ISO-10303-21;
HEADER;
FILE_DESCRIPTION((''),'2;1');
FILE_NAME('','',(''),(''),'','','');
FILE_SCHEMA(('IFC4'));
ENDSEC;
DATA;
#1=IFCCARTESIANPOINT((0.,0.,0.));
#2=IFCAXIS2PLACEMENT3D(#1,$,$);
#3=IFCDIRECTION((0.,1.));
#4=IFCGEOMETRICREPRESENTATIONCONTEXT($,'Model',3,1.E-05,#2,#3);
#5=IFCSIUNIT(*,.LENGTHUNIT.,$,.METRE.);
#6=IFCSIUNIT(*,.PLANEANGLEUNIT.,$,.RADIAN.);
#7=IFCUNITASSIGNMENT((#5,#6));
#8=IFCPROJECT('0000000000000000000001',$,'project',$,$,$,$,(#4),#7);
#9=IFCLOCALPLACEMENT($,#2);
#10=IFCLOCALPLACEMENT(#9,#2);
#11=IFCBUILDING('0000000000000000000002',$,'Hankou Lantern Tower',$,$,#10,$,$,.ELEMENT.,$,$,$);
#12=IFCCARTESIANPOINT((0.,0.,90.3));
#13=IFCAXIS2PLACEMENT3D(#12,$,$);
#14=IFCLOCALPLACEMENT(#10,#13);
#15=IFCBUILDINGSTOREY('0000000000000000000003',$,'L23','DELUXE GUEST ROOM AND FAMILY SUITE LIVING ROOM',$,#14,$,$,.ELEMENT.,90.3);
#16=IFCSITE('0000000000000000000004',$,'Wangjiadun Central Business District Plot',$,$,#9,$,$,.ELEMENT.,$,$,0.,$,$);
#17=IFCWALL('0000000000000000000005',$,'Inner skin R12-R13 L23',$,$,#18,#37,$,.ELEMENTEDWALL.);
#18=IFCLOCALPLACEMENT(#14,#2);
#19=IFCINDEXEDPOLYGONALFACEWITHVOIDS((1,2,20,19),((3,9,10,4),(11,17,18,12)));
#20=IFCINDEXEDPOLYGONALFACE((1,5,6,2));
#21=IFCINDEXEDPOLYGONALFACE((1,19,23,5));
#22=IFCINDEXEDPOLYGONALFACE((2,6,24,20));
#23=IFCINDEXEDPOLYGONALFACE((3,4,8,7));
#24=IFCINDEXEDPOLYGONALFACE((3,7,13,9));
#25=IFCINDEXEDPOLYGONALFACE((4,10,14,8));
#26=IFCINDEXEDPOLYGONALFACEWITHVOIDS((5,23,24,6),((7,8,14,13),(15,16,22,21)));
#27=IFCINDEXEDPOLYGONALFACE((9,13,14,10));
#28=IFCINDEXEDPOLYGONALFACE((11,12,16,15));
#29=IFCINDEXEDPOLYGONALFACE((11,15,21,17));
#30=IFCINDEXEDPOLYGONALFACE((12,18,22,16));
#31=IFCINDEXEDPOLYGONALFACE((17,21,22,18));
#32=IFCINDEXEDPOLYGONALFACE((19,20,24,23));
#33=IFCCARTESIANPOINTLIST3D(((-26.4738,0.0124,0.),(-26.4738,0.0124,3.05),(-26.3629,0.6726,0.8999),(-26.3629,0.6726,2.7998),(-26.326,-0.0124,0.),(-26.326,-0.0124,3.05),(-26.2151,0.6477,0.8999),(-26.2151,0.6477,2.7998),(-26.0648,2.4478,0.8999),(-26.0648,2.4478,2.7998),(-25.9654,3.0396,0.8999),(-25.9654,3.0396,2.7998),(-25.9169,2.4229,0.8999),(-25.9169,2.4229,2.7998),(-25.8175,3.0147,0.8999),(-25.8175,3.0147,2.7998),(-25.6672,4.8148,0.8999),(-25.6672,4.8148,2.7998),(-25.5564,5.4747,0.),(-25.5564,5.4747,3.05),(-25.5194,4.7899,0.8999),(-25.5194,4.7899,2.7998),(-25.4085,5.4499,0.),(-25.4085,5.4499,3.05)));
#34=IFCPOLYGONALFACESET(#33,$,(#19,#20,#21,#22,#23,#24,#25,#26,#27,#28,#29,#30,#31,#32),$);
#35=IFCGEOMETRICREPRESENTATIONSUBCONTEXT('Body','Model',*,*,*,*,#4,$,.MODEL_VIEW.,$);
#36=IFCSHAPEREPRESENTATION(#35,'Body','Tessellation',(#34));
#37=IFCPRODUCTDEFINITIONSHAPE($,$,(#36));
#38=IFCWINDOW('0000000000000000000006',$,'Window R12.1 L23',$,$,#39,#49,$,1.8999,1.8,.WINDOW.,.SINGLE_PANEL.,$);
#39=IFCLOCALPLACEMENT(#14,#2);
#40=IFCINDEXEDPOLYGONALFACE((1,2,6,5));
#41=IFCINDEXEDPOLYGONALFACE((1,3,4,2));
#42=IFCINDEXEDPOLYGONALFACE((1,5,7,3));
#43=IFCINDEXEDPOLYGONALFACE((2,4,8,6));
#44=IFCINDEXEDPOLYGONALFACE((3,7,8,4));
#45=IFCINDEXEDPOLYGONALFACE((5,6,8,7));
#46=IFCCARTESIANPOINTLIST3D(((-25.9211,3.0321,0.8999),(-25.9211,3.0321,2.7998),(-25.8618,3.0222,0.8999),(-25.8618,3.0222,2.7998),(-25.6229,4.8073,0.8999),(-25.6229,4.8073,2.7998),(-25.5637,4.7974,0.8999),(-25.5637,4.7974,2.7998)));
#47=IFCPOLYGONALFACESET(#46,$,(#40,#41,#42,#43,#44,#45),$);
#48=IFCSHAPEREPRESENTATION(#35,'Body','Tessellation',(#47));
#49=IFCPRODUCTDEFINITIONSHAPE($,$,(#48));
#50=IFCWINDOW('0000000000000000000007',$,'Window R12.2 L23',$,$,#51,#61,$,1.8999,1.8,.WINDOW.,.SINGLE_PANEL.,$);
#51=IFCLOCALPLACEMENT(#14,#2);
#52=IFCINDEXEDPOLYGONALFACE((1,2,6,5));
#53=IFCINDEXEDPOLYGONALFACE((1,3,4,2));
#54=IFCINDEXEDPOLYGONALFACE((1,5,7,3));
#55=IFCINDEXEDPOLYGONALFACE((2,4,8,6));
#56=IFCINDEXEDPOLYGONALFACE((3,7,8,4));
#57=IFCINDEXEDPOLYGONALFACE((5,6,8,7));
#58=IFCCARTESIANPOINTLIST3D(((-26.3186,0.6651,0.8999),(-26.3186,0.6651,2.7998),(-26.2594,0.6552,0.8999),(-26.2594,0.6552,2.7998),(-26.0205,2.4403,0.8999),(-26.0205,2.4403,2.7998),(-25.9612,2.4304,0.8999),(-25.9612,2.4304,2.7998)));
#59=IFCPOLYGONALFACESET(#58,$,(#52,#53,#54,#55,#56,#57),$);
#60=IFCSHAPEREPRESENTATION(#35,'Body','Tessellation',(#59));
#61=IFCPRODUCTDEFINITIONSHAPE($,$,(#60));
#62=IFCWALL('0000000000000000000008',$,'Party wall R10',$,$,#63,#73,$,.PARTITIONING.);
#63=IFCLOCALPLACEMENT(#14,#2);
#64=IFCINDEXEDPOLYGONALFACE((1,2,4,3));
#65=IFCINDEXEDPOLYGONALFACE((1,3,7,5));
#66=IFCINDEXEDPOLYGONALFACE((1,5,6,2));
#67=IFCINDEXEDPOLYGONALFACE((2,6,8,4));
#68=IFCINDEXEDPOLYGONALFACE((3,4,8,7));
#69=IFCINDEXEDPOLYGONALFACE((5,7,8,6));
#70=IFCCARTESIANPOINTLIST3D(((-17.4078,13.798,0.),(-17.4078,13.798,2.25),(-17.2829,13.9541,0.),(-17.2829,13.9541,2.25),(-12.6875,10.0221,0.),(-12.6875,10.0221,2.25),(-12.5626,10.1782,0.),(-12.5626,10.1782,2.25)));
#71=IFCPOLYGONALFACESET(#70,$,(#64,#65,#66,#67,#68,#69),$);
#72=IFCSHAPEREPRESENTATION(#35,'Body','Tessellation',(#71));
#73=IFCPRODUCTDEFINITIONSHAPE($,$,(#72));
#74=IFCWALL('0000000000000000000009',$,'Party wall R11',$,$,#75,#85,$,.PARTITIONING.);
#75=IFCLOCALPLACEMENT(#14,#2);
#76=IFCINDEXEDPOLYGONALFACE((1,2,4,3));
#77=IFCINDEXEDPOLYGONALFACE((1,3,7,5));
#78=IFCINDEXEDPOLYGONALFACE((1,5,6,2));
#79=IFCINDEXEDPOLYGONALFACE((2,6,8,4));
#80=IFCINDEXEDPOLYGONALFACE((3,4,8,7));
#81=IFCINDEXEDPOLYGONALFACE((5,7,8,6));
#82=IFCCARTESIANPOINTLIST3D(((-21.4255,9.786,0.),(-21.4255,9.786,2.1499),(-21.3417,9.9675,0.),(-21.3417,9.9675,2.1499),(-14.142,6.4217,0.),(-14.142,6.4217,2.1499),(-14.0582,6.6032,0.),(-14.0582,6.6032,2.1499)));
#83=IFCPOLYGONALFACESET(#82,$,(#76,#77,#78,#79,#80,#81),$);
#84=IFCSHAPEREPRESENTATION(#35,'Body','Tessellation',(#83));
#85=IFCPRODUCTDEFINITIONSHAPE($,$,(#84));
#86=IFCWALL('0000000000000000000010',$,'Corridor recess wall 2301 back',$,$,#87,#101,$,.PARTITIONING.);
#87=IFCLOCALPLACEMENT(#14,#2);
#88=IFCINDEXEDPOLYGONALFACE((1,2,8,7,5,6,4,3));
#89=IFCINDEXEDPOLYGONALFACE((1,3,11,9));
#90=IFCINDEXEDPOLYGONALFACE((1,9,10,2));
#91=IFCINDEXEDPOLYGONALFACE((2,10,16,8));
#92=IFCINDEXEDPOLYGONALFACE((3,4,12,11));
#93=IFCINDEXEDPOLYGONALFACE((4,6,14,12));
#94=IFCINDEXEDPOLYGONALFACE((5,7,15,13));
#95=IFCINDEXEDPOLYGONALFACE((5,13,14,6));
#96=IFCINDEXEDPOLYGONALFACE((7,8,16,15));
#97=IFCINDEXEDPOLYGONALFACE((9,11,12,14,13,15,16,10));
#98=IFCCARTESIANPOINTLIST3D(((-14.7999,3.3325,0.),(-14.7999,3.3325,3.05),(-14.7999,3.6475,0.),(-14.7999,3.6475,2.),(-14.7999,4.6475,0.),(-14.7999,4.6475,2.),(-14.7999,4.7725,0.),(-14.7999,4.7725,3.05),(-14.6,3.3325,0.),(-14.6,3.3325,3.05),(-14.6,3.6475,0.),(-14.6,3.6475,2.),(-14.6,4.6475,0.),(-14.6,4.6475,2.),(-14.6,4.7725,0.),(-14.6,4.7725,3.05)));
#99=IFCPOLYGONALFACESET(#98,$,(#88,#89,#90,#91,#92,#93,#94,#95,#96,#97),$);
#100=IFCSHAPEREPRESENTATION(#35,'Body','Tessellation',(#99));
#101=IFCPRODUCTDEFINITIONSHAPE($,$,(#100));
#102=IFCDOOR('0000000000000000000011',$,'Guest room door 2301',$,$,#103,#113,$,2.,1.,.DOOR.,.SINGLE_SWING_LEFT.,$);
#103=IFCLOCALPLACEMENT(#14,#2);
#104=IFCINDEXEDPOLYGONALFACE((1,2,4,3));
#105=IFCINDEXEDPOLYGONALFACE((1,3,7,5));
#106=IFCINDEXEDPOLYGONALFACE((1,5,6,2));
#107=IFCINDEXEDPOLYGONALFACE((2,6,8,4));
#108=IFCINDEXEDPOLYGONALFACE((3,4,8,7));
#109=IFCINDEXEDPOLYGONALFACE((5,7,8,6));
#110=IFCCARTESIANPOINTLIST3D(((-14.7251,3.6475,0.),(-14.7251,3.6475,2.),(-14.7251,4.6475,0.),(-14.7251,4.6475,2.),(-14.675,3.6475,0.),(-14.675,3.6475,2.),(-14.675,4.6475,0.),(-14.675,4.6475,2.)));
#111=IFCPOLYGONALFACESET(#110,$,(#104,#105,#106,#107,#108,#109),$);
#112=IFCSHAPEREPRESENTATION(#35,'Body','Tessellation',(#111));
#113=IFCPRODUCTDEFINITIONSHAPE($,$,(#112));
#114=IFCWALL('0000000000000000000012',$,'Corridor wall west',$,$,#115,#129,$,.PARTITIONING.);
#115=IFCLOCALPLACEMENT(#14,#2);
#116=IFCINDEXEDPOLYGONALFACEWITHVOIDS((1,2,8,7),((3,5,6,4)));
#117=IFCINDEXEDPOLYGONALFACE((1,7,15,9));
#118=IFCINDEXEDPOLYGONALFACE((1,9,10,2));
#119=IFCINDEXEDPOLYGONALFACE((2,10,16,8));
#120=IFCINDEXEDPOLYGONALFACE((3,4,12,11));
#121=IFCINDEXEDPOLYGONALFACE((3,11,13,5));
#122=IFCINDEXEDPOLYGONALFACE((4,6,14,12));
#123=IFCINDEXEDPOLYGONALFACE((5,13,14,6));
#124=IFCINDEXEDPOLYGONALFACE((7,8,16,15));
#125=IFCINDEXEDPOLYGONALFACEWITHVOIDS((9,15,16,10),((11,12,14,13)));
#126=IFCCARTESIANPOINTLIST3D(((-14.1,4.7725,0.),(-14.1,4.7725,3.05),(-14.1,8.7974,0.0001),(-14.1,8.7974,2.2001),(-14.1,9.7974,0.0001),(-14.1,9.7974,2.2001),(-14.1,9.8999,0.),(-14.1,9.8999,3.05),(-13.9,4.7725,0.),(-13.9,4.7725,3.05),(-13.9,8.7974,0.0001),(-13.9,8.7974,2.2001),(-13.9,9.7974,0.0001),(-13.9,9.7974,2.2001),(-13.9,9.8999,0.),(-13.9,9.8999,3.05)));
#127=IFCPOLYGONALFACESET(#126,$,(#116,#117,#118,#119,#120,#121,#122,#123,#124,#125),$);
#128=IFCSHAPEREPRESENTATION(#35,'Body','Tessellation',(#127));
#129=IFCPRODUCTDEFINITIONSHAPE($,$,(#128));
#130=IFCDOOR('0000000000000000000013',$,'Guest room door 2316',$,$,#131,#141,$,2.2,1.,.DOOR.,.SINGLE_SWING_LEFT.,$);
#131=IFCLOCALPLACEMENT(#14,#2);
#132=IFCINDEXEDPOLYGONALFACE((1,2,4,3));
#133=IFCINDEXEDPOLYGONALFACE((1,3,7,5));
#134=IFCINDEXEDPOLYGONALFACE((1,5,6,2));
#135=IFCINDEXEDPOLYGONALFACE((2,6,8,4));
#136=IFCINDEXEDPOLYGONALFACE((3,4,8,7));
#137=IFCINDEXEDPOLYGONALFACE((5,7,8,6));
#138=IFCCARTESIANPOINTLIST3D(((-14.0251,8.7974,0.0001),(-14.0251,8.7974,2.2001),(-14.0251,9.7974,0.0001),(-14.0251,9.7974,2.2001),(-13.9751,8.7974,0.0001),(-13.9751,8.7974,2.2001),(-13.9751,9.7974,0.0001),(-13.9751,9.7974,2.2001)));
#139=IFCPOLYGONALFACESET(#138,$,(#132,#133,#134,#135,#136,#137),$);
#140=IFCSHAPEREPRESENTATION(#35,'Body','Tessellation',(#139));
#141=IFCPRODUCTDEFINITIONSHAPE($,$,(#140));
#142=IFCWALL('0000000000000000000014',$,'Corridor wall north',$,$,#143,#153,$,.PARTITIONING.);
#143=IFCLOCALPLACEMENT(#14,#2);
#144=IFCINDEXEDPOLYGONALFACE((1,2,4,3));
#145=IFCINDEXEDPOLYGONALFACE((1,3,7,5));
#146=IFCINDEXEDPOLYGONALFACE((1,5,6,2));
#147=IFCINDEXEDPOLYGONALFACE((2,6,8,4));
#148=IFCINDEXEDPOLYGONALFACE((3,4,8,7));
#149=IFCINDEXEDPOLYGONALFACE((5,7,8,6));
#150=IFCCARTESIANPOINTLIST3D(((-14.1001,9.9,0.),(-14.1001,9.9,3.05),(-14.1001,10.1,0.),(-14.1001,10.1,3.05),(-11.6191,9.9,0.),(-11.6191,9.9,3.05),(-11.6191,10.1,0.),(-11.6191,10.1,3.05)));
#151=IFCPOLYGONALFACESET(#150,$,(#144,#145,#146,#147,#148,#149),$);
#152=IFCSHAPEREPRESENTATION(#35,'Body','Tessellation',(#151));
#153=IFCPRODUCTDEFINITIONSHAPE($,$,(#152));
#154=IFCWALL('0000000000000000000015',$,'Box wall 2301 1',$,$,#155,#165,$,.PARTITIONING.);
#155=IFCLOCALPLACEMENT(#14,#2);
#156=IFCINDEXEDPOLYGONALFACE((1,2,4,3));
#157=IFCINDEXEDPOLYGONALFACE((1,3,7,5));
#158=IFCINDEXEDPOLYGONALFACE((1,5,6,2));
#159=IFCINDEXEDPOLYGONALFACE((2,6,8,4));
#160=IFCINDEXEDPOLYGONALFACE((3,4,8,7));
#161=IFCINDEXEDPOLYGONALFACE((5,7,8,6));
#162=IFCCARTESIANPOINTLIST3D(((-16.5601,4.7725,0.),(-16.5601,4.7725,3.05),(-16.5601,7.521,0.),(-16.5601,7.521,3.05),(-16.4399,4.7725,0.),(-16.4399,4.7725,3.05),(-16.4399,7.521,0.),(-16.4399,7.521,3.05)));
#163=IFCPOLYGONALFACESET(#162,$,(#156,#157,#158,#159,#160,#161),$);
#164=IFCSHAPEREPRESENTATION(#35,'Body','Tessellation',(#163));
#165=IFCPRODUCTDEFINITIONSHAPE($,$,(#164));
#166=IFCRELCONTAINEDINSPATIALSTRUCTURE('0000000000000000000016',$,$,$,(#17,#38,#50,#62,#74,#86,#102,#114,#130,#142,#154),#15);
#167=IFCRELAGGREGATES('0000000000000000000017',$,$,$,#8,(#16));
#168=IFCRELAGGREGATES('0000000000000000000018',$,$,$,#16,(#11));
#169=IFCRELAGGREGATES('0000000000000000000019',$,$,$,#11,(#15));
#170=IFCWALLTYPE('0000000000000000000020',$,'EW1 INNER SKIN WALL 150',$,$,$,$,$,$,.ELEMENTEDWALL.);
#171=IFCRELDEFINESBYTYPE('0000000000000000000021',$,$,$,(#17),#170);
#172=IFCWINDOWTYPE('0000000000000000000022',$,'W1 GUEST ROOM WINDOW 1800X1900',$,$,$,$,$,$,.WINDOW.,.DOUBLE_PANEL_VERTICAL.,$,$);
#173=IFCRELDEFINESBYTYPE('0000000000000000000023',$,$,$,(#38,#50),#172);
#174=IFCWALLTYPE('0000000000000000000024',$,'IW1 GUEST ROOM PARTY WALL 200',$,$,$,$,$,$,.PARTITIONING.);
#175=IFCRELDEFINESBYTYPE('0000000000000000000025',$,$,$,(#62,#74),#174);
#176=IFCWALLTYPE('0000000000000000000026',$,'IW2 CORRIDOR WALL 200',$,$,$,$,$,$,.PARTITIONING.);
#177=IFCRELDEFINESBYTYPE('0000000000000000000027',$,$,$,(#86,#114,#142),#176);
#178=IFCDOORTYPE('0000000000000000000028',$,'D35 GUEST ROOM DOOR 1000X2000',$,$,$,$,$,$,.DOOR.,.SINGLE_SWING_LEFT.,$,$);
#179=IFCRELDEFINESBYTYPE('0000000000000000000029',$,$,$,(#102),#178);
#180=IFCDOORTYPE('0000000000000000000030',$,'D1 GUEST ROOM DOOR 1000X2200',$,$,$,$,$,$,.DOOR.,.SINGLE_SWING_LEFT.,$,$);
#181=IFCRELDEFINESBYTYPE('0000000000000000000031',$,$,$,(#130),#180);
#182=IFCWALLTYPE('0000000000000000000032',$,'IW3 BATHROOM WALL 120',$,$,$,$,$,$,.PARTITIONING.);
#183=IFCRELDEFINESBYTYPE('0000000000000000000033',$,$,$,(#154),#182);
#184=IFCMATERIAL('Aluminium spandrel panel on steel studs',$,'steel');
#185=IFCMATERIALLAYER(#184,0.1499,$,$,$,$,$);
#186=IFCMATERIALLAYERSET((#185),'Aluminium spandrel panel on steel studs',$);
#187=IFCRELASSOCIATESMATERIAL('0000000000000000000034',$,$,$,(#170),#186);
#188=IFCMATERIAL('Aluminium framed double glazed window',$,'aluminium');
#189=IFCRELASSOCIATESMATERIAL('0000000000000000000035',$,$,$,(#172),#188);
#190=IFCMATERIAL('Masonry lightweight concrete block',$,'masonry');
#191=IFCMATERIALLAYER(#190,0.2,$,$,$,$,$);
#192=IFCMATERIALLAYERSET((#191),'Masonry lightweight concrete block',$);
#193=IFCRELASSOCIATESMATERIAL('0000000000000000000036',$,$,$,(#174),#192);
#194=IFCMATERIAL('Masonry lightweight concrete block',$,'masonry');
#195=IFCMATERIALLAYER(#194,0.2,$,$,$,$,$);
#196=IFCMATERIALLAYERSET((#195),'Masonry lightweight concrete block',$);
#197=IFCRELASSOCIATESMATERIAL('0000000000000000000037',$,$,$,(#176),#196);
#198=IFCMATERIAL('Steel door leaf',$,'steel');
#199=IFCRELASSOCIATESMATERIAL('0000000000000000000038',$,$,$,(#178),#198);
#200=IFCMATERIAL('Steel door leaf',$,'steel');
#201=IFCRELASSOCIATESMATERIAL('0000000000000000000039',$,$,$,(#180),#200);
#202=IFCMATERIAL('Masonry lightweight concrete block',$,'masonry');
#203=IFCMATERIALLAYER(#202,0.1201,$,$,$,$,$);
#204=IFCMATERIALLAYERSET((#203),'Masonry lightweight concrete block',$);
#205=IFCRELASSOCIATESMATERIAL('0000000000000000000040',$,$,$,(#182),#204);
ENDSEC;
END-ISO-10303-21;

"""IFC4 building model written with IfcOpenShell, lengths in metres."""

from ifc_helpers import new_model, si_unit, direction, frame, frame_2d, origin, place, context, subcontext, project, spatial, rectangle, extrude, material, layer, layer_set, type_object, element, fill, save


model = new_model("IFC4")

# Units and contexts
model_context = context("Model", 3, precision=1e-05, world=origin(), true_north=direction((0.0, 1.0)))
body_context = subcontext(model_context, "Body", "Model", "MODEL_VIEW")
ifc_project = project(units=[si_unit("LENGTHUNIT", "METRE"), si_unit("PLANEANGLEUNIT", "RADIAN")], contexts=[model_context])

# Site, building, storey
site_placement = place(None, origin())
site = spatial("IfcSite", under=ifc_project, at=site_placement, Name="Wangjiadun Central Business District Plot", CompositionType="ELEMENT", RefElevation=0.0)
building_placement = place(site_placement, origin())
building = spatial("IfcBuilding", under=site, at=building_placement, Name="Hankou Lantern Tower", CompositionType="ELEMENT")
storey_placement = place(building_placement, frame((0.0, 0.0, 90.3)))
storey = spatial("IfcBuildingStorey", under=building, at=storey_placement, Name="L23", Description="DELUXE GUEST ROOM AND FAMILY SUITE LIVING ROOM", CompositionType="ELEMENT", Elevation=90.3)

# Wall, openings, windows
ifc_material_1 = material(Name="Aluminium spandrel panel on steel studs", Category="steel")
ifc_layer_1 = layer(ifc_material_1, 0.1499)
ifc_layer_set_1 = layer_set([ifc_layer_1], Name="Aluminium spandrel panel on steel studs")
wall_type_1 = type_object("IfcWallType", Name="EW1 INNER SKIN WALL 150", PredefinedType="ELEMENTEDWALL", material=ifc_layer_set_1)
wall_1_placement = place(storey_placement, frame((-25.4824, 5.4624, 0.0), z_axis=(0.0, 0.0, 1.0), x_axis=(-0.165643, -0.986186, 0.0)))
wall_1 = element("IfcWall", 1, at=wall_1_placement, inside=storey, type_object=wall_type_1, Name="Inner skin R12-R13 L23", PredefinedType="ELEMENTEDWALL", context=body_context, shape_type="SweptSolid", body=[
    extrude(rectangle(XDim=5.5388, YDim=0.1499, at=frame_2d((2.7695, 0.0))), origin(), (0.0, 0.0, 1.0), 3.05),
])
opening_1_placement = place(wall_1_placement, frame((0.6694, 0.0, 0.8999)))
opening_1 = element("IfcOpeningElement", 2, at=opening_1_placement, cuts=wall_1, PredefinedType="OPENING", context=body_context, shape_type="SweptSolid", body=[
    extrude(rectangle(XDim=1.8, YDim=1.8999, at=frame_2d((0.8999, 0.95))), frame((0.0, 0.085, 0.0), z_axis=(0.0, -1.0, 0.0), x_axis=(1.0, 0.0, 0.0)), (0.0, 0.0, 1.0), 0.1699),
])
opening_2_placement = place(wall_1_placement, frame((3.0696, 0.0, 0.8999)))
opening_2 = element("IfcOpeningElement", 3, at=opening_2_placement, cuts=wall_1, PredefinedType="OPENING", context=body_context, shape_type="SweptSolid", body=[
    extrude(rectangle(XDim=1.8, YDim=1.8999, at=frame_2d((0.8999, 0.95))), frame((0.0, 0.085, 0.0), z_axis=(0.0, -1.0, 0.0), x_axis=(1.0, 0.0, 0.0)), (0.0, 0.0, 1.0), 0.1699),
])
ifc_material_2 = material(Name="Aluminium framed double glazed window", Category="aluminium")
window_type = type_object("IfcWindowType", Name="W1 GUEST ROOM WINDOW 1800X1900", PartitioningType="DOUBLE_PANEL_VERTICAL", PredefinedType="WINDOW", material=ifc_material_2)
window_1_placement = place(opening_1_placement, origin())
window_1 = element("IfcWindow", 4, at=window_1_placement, inside=storey, type_object=window_type, Name="Window R12.1 L23", OverallHeight=1.8999, OverallWidth=1.8, PartitioningType="SINGLE_PANEL", PredefinedType="WINDOW", context=body_context, shape_type="SweptSolid", body=[
    extrude(rectangle(XDim=1.8, YDim=1.8999, at=frame_2d((0.8999, 0.95))), frame((0.0, 0.03, 0.0), z_axis=(0.0, -1.0, 0.0), x_axis=(1.0, 0.0, 0.0)), (0.0, 0.0, 1.0), 0.0601),
])
fill(opening_1, window_1)
window_2_placement = place(opening_2_placement, origin())
window_2 = element("IfcWindow", 5, at=window_2_placement, inside=storey, type_object=window_type, Name="Window R12.2 L23", OverallHeight=1.8999, OverallWidth=1.8, PartitioningType="SINGLE_PANEL", PredefinedType="WINDOW", context=body_context, shape_type="SweptSolid", body=[
    extrude(rectangle(XDim=1.8, YDim=1.8999, at=frame_2d((0.8999, 0.95))), frame((0.0, 0.03, 0.0), z_axis=(0.0, -1.0, 0.0), x_axis=(1.0, 0.0, 0.0)), (0.0, 0.0, 1.0), 0.0601),
])
fill(opening_2, window_2)

# Walls
ifc_material_3 = material(Name="Masonry lightweight concrete block", Category="masonry")
ifc_layer_2 = layer(ifc_material_3, 0.2)
ifc_layer_set_2 = layer_set([ifc_layer_2], Name="Masonry lightweight concrete block")
wall_type_2 = type_object("IfcWallType", Name="IW1 GUEST ROOM PARTY WALL 200", PredefinedType="PARTITIONING", material=ifc_layer_set_2)
wall_2_placement = place(storey_placement, frame((-12.625, 10.1001, 0.0), z_axis=(0.0, 0.0, 1.0), x_axis=(-0.780892, 0.624665, 0.0)))
element("IfcWall", 6, at=wall_2_placement, inside=storey, type_object=wall_type_2, Name="Party wall R10", PredefinedType="PARTITIONING", context=body_context, shape_type="SweptSolid", body=[
    extrude(rectangle(XDim=6.0447, YDim=0.2, at=frame_2d((3.0225, 0.0))), origin(), (0.0, 0.0, 1.0), 2.25),
])
wall_3_placement = place(storey_placement, frame((-14.1001, 6.5125, 0.0), z_axis=(0.0, 0.0, 1.0), x_axis=(-0.907833, 0.419332, 0.0)))
element("IfcWall", 7, at=wall_3_placement, inside=storey, type_object=wall_type_2, Name="Party wall R11", PredefinedType="PARTITIONING", context=body_context, shape_type="SweptSolid", body=[
    extrude(rectangle(XDim=8.0229, YDim=0.2, at=frame_2d((4.0115, 0.0))), origin(), (0.0, 0.0, 1.0), 2.1499),
])

# Walls, openings, doors
ifc_material_4 = material(Name="Masonry lightweight concrete block", Category="masonry")
ifc_layer_3 = layer(ifc_material_4, 0.2)
ifc_layer_set_3 = layer_set([ifc_layer_3], Name="Masonry lightweight concrete block")
wall_type_3 = type_object("IfcWallType", Name="IW2 CORRIDOR WALL 200", PredefinedType="PARTITIONING", material=ifc_layer_set_3)
wall_4_placement = place(storey_placement, frame((-14.7, 4.7725, 0.0), z_axis=(0.0, 0.0, 1.0), x_axis=(0.0, -1.0, 0.0)))
wall_4 = element("IfcWall", 8, at=wall_4_placement, inside=storey, type_object=wall_type_3, Name="Corridor recess wall 2301 back", PredefinedType="PARTITIONING", context=body_context, shape_type="SweptSolid", body=[
    extrude(rectangle(XDim=1.4399, YDim=0.2, at=frame_2d((0.72, 0.0))), origin(), (0.0, 0.0, 1.0), 3.05),
])
opening_3_placement = place(wall_4_placement, frame((0.125, 0.0, 0.0)))
opening_3 = element("IfcOpeningElement", 9, at=opening_3_placement, cuts=wall_4, PredefinedType="OPENING", context=body_context, shape_type="SweptSolid", body=[
    extrude(rectangle(XDim=1.0, YDim=2.0, at=frame_2d((0.5, 1.0))), frame((0.0, 0.1099, 0.0), z_axis=(0.0, -1.0, 0.0), x_axis=(1.0, 0.0, 0.0)), (0.0, 0.0, 1.0), 0.22),
])
ifc_material_5 = material(Name="Steel door leaf", Category="steel")
door_type_1 = type_object("IfcDoorType", Name="D35 GUEST ROOM DOOR 1000X2000", OperationType="SINGLE_SWING_LEFT", PredefinedType="DOOR", material=ifc_material_5)
door_1_placement = place(opening_3_placement, origin())
door_1 = element("IfcDoor", 10, at=door_1_placement, inside=storey, type_object=door_type_1, Name="Guest room door 2301", OperationType="SINGLE_SWING_LEFT", OverallHeight=2.0, OverallWidth=1.0, PredefinedType="DOOR", context=body_context, shape_type="SweptSolid", body=[
    extrude(rectangle(XDim=1.0, YDim=2.0, at=frame_2d((0.5, 1.0))), frame((0.0, 0.0249, 0.0), z_axis=(0.0, -1.0, 0.0), x_axis=(1.0, 0.0, 0.0)), (0.0, 0.0, 1.0), 0.05),
])
fill(opening_3, door_1)
wall_5_placement = place(storey_placement, frame((-14.0, 9.8999, 0.0), z_axis=(0.0, 0.0, 1.0), x_axis=(0.0, -1.0, 0.0)))
wall_5 = element("IfcWall", 11, at=wall_5_placement, inside=storey, type_object=wall_type_3, Name="Corridor wall west", PredefinedType="PARTITIONING", context=body_context, shape_type="SweptSolid", body=[
    extrude(rectangle(XDim=5.1274, YDim=0.2, at=frame_2d((2.5637, 0.0))), origin(), (0.0, 0.0, 1.0), 3.05),
])
opening_4_placement = place(wall_5_placement, frame((0.1025, 0.0, 0.0)))
opening_4 = element("IfcOpeningElement", 12, at=opening_4_placement, cuts=wall_5, PredefinedType="OPENING", context=body_context, shape_type="SweptSolid", body=[
    extrude(rectangle(XDim=1.0, YDim=2.2, at=frame_2d((0.5, 1.1001))), frame((0.0, 0.1099, 0.0), z_axis=(0.0, -1.0, 0.0), x_axis=(1.0, 0.0, 0.0)), (0.0, 0.0, 1.0), 0.22),
])
ifc_material_6 = material(Name="Steel door leaf", Category="steel")
door_type_2 = type_object("IfcDoorType", Name="D1 GUEST ROOM DOOR 1000X2200", OperationType="SINGLE_SWING_LEFT", PredefinedType="DOOR", material=ifc_material_6)
door_2_placement = place(opening_4_placement, origin())
door_2 = element("IfcDoor", 13, at=door_2_placement, inside=storey, type_object=door_type_2, Name="Guest room door 2316", OperationType="SINGLE_SWING_LEFT", OverallHeight=2.2, OverallWidth=1.0, PredefinedType="DOOR", context=body_context, shape_type="SweptSolid", body=[
    extrude(rectangle(XDim=1.0, YDim=2.2, at=frame_2d((0.5, 1.1001))), frame((0.0, 0.0249, 0.0), z_axis=(0.0, -1.0, 0.0), x_axis=(1.0, 0.0, 0.0)), (0.0, 0.0, 1.0), 0.05),
])
fill(opening_4, door_2)

# Walls
wall_6_placement = place(storey_placement, frame((-14.1001, 10.0, 0.0), z_axis=(0.0, 0.0, 1.0), x_axis=(1.0, 0.0, 0.0)))
element("IfcWall", 14, at=wall_6_placement, inside=storey, type_object=wall_type_3, Name="Corridor wall north", PredefinedType="PARTITIONING", context=body_context, shape_type="SweptSolid", body=[
    extrude(rectangle(XDim=2.481, YDim=0.2, at=frame_2d((1.2405, 0.0))), origin(), (0.0, 0.0, 1.0), 3.05),
])
ifc_material_7 = material(Name="Masonry lightweight concrete block", Category="masonry")
ifc_layer_4 = layer(ifc_material_7, 0.1201)
ifc_layer_set_4 = layer_set([ifc_layer_4], Name="Masonry lightweight concrete block")
wall_type_4 = type_object("IfcWallType", Name="IW3 BATHROOM WALL 120", PredefinedType="PARTITIONING", material=ifc_layer_set_4)
wall_7_placement = place(storey_placement, frame((-16.5, 7.521, 0.0), z_axis=(0.0, 0.0, 1.0), x_axis=(0.0, -1.0, 0.0)))
element("IfcWall", 15, at=wall_7_placement, inside=storey, type_object=wall_type_4, Name="Box wall 2301 1", PredefinedType="PARTITIONING", context=body_context, shape_type="SweptSolid", body=[
    extrude(rectangle(XDim=2.7485, YDim=0.1201, at=frame_2d((1.3743, 0.0))), origin(), (0.0, 0.0, 1.0), 3.05),
])

save(model, "model.ifc")
